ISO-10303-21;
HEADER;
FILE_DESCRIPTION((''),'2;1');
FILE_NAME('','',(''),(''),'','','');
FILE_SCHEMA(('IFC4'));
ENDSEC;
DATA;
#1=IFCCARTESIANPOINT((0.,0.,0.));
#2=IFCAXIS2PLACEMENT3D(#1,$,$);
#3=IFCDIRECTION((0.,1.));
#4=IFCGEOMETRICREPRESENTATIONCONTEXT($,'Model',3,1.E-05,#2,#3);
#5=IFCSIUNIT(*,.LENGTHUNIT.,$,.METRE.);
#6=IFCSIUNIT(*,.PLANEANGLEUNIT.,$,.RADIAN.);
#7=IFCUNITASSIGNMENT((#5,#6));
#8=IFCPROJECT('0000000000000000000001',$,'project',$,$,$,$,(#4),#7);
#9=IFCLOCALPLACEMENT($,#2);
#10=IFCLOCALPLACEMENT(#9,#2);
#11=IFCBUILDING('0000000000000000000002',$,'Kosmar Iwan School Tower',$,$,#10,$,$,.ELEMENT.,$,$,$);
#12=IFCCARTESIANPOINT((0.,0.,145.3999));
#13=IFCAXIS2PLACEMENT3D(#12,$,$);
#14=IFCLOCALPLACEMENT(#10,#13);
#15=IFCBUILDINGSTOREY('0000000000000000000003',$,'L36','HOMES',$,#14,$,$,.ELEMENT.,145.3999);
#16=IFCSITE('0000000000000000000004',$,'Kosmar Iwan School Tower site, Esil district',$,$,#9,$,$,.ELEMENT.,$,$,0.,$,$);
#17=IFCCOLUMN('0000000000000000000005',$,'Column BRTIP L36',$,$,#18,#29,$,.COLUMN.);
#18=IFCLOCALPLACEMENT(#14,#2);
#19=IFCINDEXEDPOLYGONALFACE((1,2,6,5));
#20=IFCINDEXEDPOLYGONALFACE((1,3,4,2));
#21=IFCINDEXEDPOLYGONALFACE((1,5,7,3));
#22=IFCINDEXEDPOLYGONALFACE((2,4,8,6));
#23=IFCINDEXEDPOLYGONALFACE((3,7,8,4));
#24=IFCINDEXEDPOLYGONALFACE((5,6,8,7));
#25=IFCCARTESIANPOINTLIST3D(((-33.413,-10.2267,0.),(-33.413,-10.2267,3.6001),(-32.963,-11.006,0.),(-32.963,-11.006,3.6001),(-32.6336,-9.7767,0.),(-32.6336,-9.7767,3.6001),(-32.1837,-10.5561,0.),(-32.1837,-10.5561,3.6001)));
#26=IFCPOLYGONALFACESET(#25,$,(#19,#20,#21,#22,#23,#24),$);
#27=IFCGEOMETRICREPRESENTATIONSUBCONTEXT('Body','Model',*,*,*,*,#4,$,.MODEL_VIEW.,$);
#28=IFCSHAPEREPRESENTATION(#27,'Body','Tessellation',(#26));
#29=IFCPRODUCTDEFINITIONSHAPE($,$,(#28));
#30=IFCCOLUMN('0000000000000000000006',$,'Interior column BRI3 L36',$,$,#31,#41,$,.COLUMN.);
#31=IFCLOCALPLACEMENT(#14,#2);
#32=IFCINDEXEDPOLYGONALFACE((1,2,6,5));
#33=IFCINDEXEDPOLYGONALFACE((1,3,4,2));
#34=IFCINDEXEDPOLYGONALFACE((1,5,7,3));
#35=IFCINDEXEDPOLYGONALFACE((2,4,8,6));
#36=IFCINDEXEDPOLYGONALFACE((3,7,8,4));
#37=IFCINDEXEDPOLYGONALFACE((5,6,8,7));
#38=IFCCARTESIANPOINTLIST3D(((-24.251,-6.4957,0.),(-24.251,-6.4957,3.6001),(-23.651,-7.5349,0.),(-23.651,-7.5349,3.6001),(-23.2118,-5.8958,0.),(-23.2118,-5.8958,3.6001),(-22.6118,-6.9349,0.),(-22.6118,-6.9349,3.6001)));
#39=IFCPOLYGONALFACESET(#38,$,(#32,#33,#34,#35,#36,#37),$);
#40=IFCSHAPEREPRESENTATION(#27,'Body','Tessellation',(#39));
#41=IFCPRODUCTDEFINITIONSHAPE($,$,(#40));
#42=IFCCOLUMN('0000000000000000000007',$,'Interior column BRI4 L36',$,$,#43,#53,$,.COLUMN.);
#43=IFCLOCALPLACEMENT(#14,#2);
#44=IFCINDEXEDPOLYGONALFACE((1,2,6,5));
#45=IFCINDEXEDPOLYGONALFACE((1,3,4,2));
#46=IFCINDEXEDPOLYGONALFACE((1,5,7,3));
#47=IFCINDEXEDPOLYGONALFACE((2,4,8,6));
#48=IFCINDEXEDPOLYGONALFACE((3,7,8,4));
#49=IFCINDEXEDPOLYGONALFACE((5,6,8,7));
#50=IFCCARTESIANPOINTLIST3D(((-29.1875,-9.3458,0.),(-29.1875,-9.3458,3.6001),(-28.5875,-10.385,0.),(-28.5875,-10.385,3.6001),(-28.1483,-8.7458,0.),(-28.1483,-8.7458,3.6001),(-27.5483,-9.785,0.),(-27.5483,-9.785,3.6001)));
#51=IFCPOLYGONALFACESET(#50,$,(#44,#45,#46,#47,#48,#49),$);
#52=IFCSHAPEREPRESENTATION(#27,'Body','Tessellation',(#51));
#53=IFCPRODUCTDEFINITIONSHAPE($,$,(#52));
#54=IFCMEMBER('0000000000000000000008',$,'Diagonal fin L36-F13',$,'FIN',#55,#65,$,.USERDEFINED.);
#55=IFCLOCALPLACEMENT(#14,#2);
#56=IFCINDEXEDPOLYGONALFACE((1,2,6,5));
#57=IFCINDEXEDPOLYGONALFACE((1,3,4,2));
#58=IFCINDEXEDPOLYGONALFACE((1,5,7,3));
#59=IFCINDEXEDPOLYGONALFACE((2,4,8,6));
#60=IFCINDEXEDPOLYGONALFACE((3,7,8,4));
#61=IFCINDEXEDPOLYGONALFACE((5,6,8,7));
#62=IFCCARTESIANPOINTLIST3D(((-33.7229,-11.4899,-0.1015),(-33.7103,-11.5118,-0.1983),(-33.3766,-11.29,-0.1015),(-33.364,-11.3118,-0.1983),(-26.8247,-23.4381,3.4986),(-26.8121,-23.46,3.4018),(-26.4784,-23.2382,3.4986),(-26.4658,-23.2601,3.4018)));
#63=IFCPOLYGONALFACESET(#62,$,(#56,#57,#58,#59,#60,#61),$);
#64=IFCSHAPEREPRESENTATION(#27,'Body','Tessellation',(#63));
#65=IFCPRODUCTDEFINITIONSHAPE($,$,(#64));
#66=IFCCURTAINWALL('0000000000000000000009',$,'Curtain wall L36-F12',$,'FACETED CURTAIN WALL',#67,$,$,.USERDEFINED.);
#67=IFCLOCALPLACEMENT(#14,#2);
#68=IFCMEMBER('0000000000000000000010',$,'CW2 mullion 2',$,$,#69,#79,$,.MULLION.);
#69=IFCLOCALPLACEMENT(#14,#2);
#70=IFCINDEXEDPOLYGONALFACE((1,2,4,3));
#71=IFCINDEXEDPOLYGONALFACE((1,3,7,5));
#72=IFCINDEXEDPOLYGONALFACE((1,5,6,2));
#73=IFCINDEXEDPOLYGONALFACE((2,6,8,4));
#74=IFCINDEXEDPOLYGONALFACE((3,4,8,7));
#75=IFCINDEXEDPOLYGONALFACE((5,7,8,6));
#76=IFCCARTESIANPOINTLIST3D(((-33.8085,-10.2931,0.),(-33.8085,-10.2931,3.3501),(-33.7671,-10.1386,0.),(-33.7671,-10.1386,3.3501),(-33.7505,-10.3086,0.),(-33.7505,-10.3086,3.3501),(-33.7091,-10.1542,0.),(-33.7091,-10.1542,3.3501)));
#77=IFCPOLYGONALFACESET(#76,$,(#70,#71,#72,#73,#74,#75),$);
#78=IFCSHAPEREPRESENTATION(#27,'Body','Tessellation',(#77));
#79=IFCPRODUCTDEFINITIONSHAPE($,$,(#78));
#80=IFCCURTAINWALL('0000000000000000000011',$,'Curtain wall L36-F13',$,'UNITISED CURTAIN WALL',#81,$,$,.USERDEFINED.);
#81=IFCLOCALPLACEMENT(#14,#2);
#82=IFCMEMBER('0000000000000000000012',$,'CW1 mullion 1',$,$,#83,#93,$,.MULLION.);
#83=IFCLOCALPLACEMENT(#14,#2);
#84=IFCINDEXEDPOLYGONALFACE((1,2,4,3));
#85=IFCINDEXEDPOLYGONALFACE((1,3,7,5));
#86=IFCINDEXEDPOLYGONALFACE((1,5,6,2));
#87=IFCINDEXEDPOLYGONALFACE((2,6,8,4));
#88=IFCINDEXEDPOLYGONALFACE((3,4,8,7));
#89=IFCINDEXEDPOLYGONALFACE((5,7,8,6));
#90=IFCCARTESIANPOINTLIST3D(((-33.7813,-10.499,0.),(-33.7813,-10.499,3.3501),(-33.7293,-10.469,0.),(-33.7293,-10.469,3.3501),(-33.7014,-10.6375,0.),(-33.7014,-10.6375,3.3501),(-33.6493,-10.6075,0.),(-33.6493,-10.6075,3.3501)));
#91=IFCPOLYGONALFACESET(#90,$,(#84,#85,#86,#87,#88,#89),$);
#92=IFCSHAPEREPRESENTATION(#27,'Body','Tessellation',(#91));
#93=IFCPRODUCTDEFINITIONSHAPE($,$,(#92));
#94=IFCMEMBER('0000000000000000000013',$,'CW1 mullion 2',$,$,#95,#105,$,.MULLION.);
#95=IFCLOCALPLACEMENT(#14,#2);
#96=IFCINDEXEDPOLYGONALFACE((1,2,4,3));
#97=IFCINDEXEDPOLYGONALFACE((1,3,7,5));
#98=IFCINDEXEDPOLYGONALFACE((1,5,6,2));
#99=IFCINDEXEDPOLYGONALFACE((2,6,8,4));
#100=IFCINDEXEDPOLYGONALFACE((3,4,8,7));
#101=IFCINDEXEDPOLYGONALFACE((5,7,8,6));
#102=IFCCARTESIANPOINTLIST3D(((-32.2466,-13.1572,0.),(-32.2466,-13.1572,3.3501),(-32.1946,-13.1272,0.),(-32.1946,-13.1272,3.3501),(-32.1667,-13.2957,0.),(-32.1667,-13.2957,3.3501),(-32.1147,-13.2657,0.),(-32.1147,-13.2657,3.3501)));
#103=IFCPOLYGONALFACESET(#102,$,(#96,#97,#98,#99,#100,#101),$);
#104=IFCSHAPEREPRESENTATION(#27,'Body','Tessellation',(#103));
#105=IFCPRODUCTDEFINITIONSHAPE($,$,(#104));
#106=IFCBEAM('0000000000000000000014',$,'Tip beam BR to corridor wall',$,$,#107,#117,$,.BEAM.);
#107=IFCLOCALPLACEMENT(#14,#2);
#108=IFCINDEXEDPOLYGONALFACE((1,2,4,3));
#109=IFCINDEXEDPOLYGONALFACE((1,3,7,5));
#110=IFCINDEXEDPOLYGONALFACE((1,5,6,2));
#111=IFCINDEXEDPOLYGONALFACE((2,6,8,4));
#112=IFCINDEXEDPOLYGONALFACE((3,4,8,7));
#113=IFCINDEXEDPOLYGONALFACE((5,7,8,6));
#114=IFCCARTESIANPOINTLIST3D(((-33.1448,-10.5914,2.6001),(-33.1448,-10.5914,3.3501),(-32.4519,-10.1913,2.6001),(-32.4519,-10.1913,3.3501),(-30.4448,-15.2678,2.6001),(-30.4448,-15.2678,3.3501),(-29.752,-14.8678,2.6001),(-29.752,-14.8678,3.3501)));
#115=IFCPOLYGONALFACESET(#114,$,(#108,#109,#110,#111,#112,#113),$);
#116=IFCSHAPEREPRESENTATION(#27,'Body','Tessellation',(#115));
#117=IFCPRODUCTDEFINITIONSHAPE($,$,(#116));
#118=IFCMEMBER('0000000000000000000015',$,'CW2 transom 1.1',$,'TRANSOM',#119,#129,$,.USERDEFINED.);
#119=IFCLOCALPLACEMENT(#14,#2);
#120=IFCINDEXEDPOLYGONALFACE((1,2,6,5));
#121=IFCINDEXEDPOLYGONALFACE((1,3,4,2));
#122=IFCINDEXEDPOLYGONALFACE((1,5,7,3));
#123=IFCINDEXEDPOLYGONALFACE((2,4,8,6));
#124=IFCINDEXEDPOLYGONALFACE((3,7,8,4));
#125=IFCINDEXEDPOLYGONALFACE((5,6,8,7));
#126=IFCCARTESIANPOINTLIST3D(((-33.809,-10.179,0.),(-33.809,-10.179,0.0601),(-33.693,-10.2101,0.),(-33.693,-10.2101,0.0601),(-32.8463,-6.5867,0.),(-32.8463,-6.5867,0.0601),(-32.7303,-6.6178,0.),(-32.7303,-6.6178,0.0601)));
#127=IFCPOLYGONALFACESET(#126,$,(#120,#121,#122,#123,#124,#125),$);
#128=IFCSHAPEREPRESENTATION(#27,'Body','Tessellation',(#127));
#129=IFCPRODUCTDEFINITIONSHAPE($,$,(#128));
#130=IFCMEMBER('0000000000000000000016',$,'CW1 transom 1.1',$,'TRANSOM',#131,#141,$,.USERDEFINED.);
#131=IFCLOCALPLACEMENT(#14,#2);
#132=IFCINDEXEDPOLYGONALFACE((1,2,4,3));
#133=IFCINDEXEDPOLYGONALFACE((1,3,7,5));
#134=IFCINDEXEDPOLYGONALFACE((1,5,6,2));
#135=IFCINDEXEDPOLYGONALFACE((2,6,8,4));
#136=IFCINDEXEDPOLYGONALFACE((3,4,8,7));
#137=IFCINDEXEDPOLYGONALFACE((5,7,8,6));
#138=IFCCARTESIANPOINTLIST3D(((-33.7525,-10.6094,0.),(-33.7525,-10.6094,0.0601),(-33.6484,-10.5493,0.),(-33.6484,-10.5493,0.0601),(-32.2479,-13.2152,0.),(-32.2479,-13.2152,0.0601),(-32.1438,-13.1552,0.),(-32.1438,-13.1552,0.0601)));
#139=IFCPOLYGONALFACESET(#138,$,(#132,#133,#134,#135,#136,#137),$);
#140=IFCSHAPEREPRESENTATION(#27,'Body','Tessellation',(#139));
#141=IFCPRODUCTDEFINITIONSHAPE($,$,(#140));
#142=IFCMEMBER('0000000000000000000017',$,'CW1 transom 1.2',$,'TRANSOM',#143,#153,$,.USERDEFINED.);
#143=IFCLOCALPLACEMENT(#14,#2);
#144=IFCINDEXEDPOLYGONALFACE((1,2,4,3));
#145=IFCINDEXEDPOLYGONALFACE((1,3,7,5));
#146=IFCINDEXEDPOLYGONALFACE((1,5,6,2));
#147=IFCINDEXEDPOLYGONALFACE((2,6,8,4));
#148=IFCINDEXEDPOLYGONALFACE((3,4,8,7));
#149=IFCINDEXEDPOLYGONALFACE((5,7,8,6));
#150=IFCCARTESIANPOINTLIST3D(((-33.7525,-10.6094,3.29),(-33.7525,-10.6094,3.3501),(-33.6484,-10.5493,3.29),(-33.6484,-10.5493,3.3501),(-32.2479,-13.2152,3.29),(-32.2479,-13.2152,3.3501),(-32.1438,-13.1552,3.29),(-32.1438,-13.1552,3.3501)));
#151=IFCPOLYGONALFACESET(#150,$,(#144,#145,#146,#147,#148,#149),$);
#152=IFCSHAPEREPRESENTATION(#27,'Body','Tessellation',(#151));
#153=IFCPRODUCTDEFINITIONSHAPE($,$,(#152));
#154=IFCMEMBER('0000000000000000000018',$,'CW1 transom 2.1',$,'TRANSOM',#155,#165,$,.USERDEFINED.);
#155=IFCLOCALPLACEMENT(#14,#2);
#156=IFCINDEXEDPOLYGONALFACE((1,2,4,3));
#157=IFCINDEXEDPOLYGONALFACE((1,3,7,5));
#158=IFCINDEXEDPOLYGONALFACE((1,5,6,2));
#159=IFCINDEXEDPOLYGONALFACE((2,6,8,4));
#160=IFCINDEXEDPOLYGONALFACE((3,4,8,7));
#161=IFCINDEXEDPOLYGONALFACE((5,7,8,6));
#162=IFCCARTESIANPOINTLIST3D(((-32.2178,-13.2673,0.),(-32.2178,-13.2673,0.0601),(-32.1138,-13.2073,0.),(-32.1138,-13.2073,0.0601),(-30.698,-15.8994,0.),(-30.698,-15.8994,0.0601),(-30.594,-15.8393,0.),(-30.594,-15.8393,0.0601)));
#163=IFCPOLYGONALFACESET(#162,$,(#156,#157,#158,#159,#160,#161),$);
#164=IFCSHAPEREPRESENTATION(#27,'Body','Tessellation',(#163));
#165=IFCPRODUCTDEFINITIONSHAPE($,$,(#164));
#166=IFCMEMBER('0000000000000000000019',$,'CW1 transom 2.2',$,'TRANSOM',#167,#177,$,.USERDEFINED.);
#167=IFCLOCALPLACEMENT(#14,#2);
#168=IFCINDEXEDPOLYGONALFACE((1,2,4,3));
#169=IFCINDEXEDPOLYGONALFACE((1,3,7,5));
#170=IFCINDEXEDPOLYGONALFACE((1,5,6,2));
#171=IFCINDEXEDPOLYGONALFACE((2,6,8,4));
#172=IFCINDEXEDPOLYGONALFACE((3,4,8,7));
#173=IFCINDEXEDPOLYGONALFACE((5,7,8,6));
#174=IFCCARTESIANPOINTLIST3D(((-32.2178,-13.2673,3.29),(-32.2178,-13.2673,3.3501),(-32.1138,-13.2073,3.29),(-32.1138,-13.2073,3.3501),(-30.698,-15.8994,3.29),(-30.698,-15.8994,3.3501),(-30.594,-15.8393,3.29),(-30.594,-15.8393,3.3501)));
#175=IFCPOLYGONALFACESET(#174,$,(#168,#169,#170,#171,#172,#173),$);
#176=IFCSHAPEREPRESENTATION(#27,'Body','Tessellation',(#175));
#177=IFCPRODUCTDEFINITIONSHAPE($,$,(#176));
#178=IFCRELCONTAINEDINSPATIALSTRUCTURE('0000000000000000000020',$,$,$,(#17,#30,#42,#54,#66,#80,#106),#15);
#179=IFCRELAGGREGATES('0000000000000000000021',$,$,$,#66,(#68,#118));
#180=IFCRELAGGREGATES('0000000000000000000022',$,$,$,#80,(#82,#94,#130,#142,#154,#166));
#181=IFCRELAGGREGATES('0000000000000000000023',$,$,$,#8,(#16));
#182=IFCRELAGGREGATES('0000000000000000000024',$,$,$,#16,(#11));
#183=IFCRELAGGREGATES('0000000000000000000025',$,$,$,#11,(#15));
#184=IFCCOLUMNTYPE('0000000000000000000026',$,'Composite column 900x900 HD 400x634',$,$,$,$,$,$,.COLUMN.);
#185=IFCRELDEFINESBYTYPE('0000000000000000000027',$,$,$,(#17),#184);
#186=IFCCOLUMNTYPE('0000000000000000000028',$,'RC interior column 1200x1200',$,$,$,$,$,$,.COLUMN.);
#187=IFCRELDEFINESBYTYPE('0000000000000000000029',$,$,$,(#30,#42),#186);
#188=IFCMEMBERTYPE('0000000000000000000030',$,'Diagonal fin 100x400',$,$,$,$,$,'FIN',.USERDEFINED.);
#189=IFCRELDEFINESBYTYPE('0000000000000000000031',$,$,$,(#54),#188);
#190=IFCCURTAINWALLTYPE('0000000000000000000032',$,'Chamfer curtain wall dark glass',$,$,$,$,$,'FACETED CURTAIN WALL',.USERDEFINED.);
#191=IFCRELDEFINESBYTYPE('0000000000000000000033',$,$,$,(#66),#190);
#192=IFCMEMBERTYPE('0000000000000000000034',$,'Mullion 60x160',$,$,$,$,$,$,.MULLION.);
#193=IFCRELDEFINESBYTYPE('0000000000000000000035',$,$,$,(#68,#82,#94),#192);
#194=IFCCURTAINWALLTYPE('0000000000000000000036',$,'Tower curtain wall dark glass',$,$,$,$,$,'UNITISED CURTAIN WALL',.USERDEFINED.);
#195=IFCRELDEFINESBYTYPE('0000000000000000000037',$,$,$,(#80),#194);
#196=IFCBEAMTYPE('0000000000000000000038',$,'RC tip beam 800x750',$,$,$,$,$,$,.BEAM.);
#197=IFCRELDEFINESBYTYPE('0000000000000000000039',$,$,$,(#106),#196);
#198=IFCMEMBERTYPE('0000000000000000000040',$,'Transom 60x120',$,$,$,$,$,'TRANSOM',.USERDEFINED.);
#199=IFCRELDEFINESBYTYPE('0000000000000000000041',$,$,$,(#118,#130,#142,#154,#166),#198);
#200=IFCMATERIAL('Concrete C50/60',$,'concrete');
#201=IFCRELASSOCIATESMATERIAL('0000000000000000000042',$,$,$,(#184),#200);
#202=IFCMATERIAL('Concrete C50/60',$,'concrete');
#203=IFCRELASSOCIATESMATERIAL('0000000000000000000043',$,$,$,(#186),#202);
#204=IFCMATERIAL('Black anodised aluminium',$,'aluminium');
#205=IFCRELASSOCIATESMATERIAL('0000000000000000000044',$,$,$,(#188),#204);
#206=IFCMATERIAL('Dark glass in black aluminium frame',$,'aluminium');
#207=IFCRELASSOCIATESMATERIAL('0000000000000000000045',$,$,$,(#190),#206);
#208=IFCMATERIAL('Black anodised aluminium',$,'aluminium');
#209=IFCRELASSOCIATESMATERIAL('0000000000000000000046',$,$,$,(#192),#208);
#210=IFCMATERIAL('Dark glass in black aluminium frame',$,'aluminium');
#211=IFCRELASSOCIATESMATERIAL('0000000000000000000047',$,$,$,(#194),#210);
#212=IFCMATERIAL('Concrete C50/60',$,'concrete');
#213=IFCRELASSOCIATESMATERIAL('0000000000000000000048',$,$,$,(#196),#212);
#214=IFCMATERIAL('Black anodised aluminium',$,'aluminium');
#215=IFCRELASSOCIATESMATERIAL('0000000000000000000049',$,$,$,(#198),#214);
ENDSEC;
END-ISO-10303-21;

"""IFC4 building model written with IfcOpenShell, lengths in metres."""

from ifc_helpers import new_model, si_unit, direction, frame, origin, origin_2d, place, context, subcontext, project, spatial, rectangle, extrude, material, material_profile, profile_set, type_object, element, aggregate, save


model = new_model("IFC4")

# Units and contexts
model_context = context("Model", 3, precision=1e-05, world=origin(), true_north=direction((0.0, 1.0)))
body_context = subcontext(model_context, "Body", "Model", "MODEL_VIEW")
ifc_project = project(units=[si_unit("LENGTHUNIT", "METRE"), si_unit("PLANEANGLEUNIT", "RADIAN")], contexts=[model_context])

# Site, building, storey
site_placement = place(None, origin())
site = spatial("IfcSite", under=ifc_project, at=site_placement, Name="Kosmar Iwan School Tower site, Esil district", CompositionType="ELEMENT", RefElevation=0.0)
building_placement = place(site_placement, origin())
building = spatial("IfcBuilding", under=site, at=building_placement, Name="Kosmar Iwan School Tower", CompositionType="ELEMENT")
storey_placement = place(building_placement, frame((0.0, 0.0, 145.3999)))
storey = spatial("IfcBuildingStorey", under=building, at=storey_placement, Name="L36", Description="HOMES", CompositionType="ELEMENT", Elevation=145.3999)

# Columns
ifc_material_1 = material(Name="Concrete C50/60", Category="concrete")
ifc_material_profile_1 = material_profile(ifc_material_1, rectangle(XDim=0.8999, YDim=0.8999, at=origin_2d()), Name="RC 900x900 + HD 400x634")
ifc_profile_set_1 = profile_set([ifc_material_profile_1], Name="Concrete C50/60")
column_type_1 = type_object("IfcColumnType", Name="Composite column 900x900 HD 400x634", PredefinedType="COLUMN", material=ifc_profile_set_1)
column_placement = place(storey_placement, frame((-32.7983, -10.3914, 0.0), z_axis=(0.0, 0.0, 1.0), x_axis=(-0.866025, -0.5, 0.0)))
element("IfcColumn", 1, at=column_placement, inside=storey, type_object=column_type_1, Name="Column BRTIP L36", PredefinedType="COLUMN", context=body_context, shape_type="SweptSolid", body=[
    extrude(rectangle(XDim=0.8999, YDim=0.8999, at=origin_2d()), origin(), (0.0, 0.0, 1.0), 3.6001),
])
ifc_material_2 = material(Name="Concrete C50/60", Category="concrete")
ifc_material_profile_2 = material_profile(ifc_material_2, rectangle(XDim=1.2, YDim=1.2, at=origin_2d()), Name="RC 1200x1200")
ifc_profile_set_2 = profile_set([ifc_material_profile_2], Name="Concrete C50/60")
column_type_2 = type_object("IfcColumnType", Name="RC interior column 1200x1200", PredefinedType="COLUMN", material=ifc_profile_set_2)
for number, where, z_axis, x_axis, name in (
    (2, (-23.4314, -6.7153, 0.0), (0.0, 0.0, 1.0), (-0.866025, -0.5, 0.0), "Interior column BRI3 L36"),
    (3, (-28.3679, -9.5654, 0.0), (0.0, 0.0, 1.0), (-0.866025, -0.5, 0.0), "Interior column BRI4 L36"),
):
    element("IfcColumn", number, at=place(storey_placement, frame(where, z_axis=z_axis, x_axis=x_axis)), inside=storey, type_object=column_type_2, Name=name, PredefinedType="COLUMN", context=body_context, shape_type="SweptSolid", body=[
        extrude(rectangle(XDim=1.2, YDim=1.2, at=origin_2d()), origin(), (0.0, 0.0, 1.0), 3.6001),
    ])

# Member
ifc_material_3 = material(Name="Black anodised aluminium", Category="aluminium")
ifc_material_profile_3 = material_profile(ifc_material_3, rectangle(XDim=0.1001, YDim=0.3999, at=origin_2d()), Name="FIN 100x400")
ifc_profile_set_3 = profile_set([ifc_material_profile_3], Name="Black anodised aluminium")
member_type_1 = type_object("IfcMemberType", Name="Diagonal fin 100x400", ElementType="FIN", PredefinedType="USERDEFINED", material=ifc_profile_set_3)
member_1_placement = place(storey_placement, frame((-33.5435, -11.4009, -0.1499), z_axis=(0.483793, -0.83797, 0.252487), x_axis=(-0.126242, 0.218661, 0.9676)))
element("IfcMember", 4, at=member_1_placement, inside=storey, type_object=member_type_1, Name="Diagonal fin L36-F13", ObjectType="FIN", PredefinedType="USERDEFINED", context=body_context, shape_type="SweptSolid", body=[
    extrude(rectangle(XDim=0.1001, YDim=0.3999, at=origin_2d()), origin(), (0.0, 0.0, 1.0), 14.2585),
])

# Curtain wall, member
ifc_material_4 = material(Name="Dark glass in black aluminium frame", Category="aluminium")
curtain_wall_type_1 = type_object("IfcCurtainWallType", Name="Chamfer curtain wall dark glass", ElementType="FACETED CURTAIN WALL", PredefinedType="USERDEFINED", material=ifc_material_4)
curtain_wall_1_placement = place(storey_placement, origin())
curtain_wall_1 = element("IfcCurtainWall", 5, at=curtain_wall_1_placement, inside=storey, type_object=curtain_wall_type_1, Name="Curtain wall L36-F12", ObjectType="FACETED CURTAIN WALL", PredefinedType="USERDEFINED")
ifc_material_5 = material(Name="Black anodised aluminium", Category="aluminium")
ifc_material_profile_4 = material_profile(ifc_material_5, rectangle(XDim=0.0601, YDim=0.1599, at=origin_2d()), Name="MULLION 60x160")
ifc_profile_set_4 = profile_set([ifc_material_profile_4], Name="Black anodised aluminium")
member_type_2 = type_object("IfcMemberType", Name="Mullion 60x160", PredefinedType="MULLION", material=ifc_profile_set_4)
member_2_placement = place(storey_placement, frame((-33.7588, -10.2236, 0.0), z_axis=(0.0, 0.0, 1.0), x_axis=(0.965926, -0.258819, 0.0)))
member_2 = element("IfcMember", 6, at=member_2_placement, type_object=member_type_2, Name="CW2 mullion 2", PredefinedType="MULLION", context=body_context, shape_type="SweptSolid", body=[
    extrude(rectangle(XDim=0.0601, YDim=0.1599, at=origin_2d()), origin(), (0.0, 0.0, 1.0), 3.3501),
])

# Curtain wall, members
ifc_material_6 = material(Name="Dark glass in black aluminium frame", Category="aluminium")
curtain_wall_type_2 = type_object("IfcCurtainWallType", Name="Tower curtain wall dark glass", ElementType="UNITISED CURTAIN WALL", PredefinedType="USERDEFINED", material=ifc_material_6)
curtain_wall_2_placement = place(storey_placement, origin())
curtain_wall_2 = element("IfcCurtainWall", 7, at=curtain_wall_2_placement, inside=storey, type_object=curtain_wall_type_2, Name="Curtain wall L36-F13", ObjectType="UNITISED CURTAIN WALL", PredefinedType="USERDEFINED")
member_3_placement = place(storey_placement, frame((-33.7153, -10.5532, 0.0), z_axis=(0.0, 0.0, 1.0), x_axis=(0.866025, 0.5, 0.0)))
member_3 = element("IfcMember", 8, at=member_3_placement, type_object=member_type_2, Name="CW1 mullion 1", PredefinedType="MULLION", context=body_context, shape_type="SweptSolid", body=[
    extrude(rectangle(XDim=0.0601, YDim=0.1599, at=origin_2d()), origin(), (0.0, 0.0, 1.0), 3.3501),
])
member_4_placement = place(storey_placement, frame((-32.1807, -13.2114, 0.0), z_axis=(0.0, 0.0, 1.0), x_axis=(0.866025, 0.5, 0.0)))
member_4 = element("IfcMember", 9, at=member_4_placement, type_object=member_type_2, Name="CW1 mullion 2", PredefinedType="MULLION", context=body_context, shape_type="SweptSolid", body=[
    extrude(rectangle(XDim=0.0601, YDim=0.1599, at=origin_2d()), origin(), (0.0, 0.0, 1.0), 3.3501),
])

# Beam
ifc_material_7 = material(Name="Concrete C50/60", Category="concrete")
ifc_material_profile_5 = material_profile(ifc_material_7, rectangle(XDim=0.8, YDim=0.75, at=origin_2d()), Name="RC 800x750")
ifc_profile_set_5 = profile_set([ifc_material_profile_5], Name="Concrete C50/60")
beam_type = type_object("IfcBeamType", Name="RC tip beam 800x750", PredefinedType="BEAM", material=ifc_profile_set_5)
beam_placement = place(storey_placement, frame((-32.7983, -10.3914, 2.9751), z_axis=(0.499995, -0.866028, 0.0), x_axis=(0.866028, 0.499995, 0.0)))
element("IfcBeam", 10, at=beam_placement, inside=storey, type_object=beam_type, Name="Tip beam BR to corridor wall", PredefinedType="BEAM", context=body_context, shape_type="SweptSolid", body=[
    extrude(rectangle(XDim=0.8, YDim=0.75, at=origin_2d()), origin(), (0.0, 0.0, 1.0), 5.3999),
])

# Members
ifc_material_8 = material(Name="Black anodised aluminium", Category="aluminium")
ifc_material_profile_6 = material_profile(ifc_material_8, rectangle(XDim=0.1201, YDim=0.0601, at=origin_2d()), Name="TRANSOM 60x120")
ifc_profile_set_6 = profile_set([ifc_material_profile_6], Name="Black anodised aluminium")
member_type_3 = type_object("IfcMemberType", Name="Transom 60x120", ElementType="TRANSOM", PredefinedType="USERDEFINED", material=ifc_profile_set_6)
member_5_placement = place(storey_placement, frame((-32.7883, -6.6023, 0.03), z_axis=(-0.258843, -0.965919, 0.0), x_axis=(0.965919, -0.258843, 0.0)))
member_5 = element("IfcMember", 11, at=member_5_placement, type_object=member_type_3, Name="CW2 transom 1.1", ObjectType="TRANSOM", PredefinedType="USERDEFINED", context=body_context, shape_type="SweptSolid", body=[
    extrude(rectangle(XDim=0.1201, YDim=0.0601, at=origin_2d()), origin(), (0.0, 0.0, 1.0), 3.719),
])
member_6_placement = place(storey_placement, frame((-33.7004, -10.5793, 0.03), z_axis=(0.500022, -0.866013, 0.0), x_axis=(0.866013, 0.500022, 0.0)))
member_6 = element("IfcMember", 12, at=member_6_placement, type_object=member_type_3, Name="CW1 transom 1.1", ObjectType="TRANSOM", PredefinedType="USERDEFINED", context=body_context, shape_type="SweptSolid", body=[
    extrude(rectangle(XDim=0.1201, YDim=0.0601, at=origin_2d()), origin(), (0.0, 0.0, 1.0), 3.009),
])
member_7_placement = place(storey_placement, frame((-33.7004, -10.5793, 3.3201), z_axis=(0.500022, -0.866013, 0.0), x_axis=(0.866013, 0.500022, 0.0)))
member_7 = element("IfcMember", 13, at=member_7_placement, type_object=member_type_3, Name="CW1 transom 1.2", ObjectType="TRANSOM", PredefinedType="USERDEFINED", context=body_context, shape_type="SweptSolid", body=[
    extrude(rectangle(XDim=0.1201, YDim=0.0601, at=origin_2d()), origin(), (0.0, 0.0, 1.0), 3.009),
])
member_8_placement = place(storey_placement, frame((-32.1658, -13.2373, 0.03), z_axis=(0.500035, -0.866005, 0.0), x_axis=(0.866005, 0.500035, 0.0)))
member_8 = element("IfcMember", 14, at=member_8_placement, type_object=member_type_3, Name="CW1 transom 2.1", ObjectType="TRANSOM", PredefinedType="USERDEFINED", context=body_context, shape_type="SweptSolid", body=[
    extrude(rectangle(XDim=0.1201, YDim=0.0601, at=origin_2d()), origin(), (0.0, 0.0, 1.0), 3.0393),
])
member_9_placement = place(storey_placement, frame((-32.1658, -13.2373, 3.3201), z_axis=(0.500035, -0.866005, 0.0), x_axis=(0.866005, 0.500035, 0.0)))
member_9 = element("IfcMember", 15, at=member_9_placement, type_object=member_type_3, Name="CW1 transom 2.2", ObjectType="TRANSOM", PredefinedType="USERDEFINED", context=body_context, shape_type="SweptSolid", body=[
    extrude(rectangle(XDim=0.1201, YDim=0.0601, at=origin_2d()), origin(), (0.0, 0.0, 1.0), 3.0393),
])

aggregate(curtain_wall_1, [member_2, member_5])
aggregate(curtain_wall_2, [member_3, member_4, member_6, member_7, member_8, member_9])

save(model, "model.ifc")
